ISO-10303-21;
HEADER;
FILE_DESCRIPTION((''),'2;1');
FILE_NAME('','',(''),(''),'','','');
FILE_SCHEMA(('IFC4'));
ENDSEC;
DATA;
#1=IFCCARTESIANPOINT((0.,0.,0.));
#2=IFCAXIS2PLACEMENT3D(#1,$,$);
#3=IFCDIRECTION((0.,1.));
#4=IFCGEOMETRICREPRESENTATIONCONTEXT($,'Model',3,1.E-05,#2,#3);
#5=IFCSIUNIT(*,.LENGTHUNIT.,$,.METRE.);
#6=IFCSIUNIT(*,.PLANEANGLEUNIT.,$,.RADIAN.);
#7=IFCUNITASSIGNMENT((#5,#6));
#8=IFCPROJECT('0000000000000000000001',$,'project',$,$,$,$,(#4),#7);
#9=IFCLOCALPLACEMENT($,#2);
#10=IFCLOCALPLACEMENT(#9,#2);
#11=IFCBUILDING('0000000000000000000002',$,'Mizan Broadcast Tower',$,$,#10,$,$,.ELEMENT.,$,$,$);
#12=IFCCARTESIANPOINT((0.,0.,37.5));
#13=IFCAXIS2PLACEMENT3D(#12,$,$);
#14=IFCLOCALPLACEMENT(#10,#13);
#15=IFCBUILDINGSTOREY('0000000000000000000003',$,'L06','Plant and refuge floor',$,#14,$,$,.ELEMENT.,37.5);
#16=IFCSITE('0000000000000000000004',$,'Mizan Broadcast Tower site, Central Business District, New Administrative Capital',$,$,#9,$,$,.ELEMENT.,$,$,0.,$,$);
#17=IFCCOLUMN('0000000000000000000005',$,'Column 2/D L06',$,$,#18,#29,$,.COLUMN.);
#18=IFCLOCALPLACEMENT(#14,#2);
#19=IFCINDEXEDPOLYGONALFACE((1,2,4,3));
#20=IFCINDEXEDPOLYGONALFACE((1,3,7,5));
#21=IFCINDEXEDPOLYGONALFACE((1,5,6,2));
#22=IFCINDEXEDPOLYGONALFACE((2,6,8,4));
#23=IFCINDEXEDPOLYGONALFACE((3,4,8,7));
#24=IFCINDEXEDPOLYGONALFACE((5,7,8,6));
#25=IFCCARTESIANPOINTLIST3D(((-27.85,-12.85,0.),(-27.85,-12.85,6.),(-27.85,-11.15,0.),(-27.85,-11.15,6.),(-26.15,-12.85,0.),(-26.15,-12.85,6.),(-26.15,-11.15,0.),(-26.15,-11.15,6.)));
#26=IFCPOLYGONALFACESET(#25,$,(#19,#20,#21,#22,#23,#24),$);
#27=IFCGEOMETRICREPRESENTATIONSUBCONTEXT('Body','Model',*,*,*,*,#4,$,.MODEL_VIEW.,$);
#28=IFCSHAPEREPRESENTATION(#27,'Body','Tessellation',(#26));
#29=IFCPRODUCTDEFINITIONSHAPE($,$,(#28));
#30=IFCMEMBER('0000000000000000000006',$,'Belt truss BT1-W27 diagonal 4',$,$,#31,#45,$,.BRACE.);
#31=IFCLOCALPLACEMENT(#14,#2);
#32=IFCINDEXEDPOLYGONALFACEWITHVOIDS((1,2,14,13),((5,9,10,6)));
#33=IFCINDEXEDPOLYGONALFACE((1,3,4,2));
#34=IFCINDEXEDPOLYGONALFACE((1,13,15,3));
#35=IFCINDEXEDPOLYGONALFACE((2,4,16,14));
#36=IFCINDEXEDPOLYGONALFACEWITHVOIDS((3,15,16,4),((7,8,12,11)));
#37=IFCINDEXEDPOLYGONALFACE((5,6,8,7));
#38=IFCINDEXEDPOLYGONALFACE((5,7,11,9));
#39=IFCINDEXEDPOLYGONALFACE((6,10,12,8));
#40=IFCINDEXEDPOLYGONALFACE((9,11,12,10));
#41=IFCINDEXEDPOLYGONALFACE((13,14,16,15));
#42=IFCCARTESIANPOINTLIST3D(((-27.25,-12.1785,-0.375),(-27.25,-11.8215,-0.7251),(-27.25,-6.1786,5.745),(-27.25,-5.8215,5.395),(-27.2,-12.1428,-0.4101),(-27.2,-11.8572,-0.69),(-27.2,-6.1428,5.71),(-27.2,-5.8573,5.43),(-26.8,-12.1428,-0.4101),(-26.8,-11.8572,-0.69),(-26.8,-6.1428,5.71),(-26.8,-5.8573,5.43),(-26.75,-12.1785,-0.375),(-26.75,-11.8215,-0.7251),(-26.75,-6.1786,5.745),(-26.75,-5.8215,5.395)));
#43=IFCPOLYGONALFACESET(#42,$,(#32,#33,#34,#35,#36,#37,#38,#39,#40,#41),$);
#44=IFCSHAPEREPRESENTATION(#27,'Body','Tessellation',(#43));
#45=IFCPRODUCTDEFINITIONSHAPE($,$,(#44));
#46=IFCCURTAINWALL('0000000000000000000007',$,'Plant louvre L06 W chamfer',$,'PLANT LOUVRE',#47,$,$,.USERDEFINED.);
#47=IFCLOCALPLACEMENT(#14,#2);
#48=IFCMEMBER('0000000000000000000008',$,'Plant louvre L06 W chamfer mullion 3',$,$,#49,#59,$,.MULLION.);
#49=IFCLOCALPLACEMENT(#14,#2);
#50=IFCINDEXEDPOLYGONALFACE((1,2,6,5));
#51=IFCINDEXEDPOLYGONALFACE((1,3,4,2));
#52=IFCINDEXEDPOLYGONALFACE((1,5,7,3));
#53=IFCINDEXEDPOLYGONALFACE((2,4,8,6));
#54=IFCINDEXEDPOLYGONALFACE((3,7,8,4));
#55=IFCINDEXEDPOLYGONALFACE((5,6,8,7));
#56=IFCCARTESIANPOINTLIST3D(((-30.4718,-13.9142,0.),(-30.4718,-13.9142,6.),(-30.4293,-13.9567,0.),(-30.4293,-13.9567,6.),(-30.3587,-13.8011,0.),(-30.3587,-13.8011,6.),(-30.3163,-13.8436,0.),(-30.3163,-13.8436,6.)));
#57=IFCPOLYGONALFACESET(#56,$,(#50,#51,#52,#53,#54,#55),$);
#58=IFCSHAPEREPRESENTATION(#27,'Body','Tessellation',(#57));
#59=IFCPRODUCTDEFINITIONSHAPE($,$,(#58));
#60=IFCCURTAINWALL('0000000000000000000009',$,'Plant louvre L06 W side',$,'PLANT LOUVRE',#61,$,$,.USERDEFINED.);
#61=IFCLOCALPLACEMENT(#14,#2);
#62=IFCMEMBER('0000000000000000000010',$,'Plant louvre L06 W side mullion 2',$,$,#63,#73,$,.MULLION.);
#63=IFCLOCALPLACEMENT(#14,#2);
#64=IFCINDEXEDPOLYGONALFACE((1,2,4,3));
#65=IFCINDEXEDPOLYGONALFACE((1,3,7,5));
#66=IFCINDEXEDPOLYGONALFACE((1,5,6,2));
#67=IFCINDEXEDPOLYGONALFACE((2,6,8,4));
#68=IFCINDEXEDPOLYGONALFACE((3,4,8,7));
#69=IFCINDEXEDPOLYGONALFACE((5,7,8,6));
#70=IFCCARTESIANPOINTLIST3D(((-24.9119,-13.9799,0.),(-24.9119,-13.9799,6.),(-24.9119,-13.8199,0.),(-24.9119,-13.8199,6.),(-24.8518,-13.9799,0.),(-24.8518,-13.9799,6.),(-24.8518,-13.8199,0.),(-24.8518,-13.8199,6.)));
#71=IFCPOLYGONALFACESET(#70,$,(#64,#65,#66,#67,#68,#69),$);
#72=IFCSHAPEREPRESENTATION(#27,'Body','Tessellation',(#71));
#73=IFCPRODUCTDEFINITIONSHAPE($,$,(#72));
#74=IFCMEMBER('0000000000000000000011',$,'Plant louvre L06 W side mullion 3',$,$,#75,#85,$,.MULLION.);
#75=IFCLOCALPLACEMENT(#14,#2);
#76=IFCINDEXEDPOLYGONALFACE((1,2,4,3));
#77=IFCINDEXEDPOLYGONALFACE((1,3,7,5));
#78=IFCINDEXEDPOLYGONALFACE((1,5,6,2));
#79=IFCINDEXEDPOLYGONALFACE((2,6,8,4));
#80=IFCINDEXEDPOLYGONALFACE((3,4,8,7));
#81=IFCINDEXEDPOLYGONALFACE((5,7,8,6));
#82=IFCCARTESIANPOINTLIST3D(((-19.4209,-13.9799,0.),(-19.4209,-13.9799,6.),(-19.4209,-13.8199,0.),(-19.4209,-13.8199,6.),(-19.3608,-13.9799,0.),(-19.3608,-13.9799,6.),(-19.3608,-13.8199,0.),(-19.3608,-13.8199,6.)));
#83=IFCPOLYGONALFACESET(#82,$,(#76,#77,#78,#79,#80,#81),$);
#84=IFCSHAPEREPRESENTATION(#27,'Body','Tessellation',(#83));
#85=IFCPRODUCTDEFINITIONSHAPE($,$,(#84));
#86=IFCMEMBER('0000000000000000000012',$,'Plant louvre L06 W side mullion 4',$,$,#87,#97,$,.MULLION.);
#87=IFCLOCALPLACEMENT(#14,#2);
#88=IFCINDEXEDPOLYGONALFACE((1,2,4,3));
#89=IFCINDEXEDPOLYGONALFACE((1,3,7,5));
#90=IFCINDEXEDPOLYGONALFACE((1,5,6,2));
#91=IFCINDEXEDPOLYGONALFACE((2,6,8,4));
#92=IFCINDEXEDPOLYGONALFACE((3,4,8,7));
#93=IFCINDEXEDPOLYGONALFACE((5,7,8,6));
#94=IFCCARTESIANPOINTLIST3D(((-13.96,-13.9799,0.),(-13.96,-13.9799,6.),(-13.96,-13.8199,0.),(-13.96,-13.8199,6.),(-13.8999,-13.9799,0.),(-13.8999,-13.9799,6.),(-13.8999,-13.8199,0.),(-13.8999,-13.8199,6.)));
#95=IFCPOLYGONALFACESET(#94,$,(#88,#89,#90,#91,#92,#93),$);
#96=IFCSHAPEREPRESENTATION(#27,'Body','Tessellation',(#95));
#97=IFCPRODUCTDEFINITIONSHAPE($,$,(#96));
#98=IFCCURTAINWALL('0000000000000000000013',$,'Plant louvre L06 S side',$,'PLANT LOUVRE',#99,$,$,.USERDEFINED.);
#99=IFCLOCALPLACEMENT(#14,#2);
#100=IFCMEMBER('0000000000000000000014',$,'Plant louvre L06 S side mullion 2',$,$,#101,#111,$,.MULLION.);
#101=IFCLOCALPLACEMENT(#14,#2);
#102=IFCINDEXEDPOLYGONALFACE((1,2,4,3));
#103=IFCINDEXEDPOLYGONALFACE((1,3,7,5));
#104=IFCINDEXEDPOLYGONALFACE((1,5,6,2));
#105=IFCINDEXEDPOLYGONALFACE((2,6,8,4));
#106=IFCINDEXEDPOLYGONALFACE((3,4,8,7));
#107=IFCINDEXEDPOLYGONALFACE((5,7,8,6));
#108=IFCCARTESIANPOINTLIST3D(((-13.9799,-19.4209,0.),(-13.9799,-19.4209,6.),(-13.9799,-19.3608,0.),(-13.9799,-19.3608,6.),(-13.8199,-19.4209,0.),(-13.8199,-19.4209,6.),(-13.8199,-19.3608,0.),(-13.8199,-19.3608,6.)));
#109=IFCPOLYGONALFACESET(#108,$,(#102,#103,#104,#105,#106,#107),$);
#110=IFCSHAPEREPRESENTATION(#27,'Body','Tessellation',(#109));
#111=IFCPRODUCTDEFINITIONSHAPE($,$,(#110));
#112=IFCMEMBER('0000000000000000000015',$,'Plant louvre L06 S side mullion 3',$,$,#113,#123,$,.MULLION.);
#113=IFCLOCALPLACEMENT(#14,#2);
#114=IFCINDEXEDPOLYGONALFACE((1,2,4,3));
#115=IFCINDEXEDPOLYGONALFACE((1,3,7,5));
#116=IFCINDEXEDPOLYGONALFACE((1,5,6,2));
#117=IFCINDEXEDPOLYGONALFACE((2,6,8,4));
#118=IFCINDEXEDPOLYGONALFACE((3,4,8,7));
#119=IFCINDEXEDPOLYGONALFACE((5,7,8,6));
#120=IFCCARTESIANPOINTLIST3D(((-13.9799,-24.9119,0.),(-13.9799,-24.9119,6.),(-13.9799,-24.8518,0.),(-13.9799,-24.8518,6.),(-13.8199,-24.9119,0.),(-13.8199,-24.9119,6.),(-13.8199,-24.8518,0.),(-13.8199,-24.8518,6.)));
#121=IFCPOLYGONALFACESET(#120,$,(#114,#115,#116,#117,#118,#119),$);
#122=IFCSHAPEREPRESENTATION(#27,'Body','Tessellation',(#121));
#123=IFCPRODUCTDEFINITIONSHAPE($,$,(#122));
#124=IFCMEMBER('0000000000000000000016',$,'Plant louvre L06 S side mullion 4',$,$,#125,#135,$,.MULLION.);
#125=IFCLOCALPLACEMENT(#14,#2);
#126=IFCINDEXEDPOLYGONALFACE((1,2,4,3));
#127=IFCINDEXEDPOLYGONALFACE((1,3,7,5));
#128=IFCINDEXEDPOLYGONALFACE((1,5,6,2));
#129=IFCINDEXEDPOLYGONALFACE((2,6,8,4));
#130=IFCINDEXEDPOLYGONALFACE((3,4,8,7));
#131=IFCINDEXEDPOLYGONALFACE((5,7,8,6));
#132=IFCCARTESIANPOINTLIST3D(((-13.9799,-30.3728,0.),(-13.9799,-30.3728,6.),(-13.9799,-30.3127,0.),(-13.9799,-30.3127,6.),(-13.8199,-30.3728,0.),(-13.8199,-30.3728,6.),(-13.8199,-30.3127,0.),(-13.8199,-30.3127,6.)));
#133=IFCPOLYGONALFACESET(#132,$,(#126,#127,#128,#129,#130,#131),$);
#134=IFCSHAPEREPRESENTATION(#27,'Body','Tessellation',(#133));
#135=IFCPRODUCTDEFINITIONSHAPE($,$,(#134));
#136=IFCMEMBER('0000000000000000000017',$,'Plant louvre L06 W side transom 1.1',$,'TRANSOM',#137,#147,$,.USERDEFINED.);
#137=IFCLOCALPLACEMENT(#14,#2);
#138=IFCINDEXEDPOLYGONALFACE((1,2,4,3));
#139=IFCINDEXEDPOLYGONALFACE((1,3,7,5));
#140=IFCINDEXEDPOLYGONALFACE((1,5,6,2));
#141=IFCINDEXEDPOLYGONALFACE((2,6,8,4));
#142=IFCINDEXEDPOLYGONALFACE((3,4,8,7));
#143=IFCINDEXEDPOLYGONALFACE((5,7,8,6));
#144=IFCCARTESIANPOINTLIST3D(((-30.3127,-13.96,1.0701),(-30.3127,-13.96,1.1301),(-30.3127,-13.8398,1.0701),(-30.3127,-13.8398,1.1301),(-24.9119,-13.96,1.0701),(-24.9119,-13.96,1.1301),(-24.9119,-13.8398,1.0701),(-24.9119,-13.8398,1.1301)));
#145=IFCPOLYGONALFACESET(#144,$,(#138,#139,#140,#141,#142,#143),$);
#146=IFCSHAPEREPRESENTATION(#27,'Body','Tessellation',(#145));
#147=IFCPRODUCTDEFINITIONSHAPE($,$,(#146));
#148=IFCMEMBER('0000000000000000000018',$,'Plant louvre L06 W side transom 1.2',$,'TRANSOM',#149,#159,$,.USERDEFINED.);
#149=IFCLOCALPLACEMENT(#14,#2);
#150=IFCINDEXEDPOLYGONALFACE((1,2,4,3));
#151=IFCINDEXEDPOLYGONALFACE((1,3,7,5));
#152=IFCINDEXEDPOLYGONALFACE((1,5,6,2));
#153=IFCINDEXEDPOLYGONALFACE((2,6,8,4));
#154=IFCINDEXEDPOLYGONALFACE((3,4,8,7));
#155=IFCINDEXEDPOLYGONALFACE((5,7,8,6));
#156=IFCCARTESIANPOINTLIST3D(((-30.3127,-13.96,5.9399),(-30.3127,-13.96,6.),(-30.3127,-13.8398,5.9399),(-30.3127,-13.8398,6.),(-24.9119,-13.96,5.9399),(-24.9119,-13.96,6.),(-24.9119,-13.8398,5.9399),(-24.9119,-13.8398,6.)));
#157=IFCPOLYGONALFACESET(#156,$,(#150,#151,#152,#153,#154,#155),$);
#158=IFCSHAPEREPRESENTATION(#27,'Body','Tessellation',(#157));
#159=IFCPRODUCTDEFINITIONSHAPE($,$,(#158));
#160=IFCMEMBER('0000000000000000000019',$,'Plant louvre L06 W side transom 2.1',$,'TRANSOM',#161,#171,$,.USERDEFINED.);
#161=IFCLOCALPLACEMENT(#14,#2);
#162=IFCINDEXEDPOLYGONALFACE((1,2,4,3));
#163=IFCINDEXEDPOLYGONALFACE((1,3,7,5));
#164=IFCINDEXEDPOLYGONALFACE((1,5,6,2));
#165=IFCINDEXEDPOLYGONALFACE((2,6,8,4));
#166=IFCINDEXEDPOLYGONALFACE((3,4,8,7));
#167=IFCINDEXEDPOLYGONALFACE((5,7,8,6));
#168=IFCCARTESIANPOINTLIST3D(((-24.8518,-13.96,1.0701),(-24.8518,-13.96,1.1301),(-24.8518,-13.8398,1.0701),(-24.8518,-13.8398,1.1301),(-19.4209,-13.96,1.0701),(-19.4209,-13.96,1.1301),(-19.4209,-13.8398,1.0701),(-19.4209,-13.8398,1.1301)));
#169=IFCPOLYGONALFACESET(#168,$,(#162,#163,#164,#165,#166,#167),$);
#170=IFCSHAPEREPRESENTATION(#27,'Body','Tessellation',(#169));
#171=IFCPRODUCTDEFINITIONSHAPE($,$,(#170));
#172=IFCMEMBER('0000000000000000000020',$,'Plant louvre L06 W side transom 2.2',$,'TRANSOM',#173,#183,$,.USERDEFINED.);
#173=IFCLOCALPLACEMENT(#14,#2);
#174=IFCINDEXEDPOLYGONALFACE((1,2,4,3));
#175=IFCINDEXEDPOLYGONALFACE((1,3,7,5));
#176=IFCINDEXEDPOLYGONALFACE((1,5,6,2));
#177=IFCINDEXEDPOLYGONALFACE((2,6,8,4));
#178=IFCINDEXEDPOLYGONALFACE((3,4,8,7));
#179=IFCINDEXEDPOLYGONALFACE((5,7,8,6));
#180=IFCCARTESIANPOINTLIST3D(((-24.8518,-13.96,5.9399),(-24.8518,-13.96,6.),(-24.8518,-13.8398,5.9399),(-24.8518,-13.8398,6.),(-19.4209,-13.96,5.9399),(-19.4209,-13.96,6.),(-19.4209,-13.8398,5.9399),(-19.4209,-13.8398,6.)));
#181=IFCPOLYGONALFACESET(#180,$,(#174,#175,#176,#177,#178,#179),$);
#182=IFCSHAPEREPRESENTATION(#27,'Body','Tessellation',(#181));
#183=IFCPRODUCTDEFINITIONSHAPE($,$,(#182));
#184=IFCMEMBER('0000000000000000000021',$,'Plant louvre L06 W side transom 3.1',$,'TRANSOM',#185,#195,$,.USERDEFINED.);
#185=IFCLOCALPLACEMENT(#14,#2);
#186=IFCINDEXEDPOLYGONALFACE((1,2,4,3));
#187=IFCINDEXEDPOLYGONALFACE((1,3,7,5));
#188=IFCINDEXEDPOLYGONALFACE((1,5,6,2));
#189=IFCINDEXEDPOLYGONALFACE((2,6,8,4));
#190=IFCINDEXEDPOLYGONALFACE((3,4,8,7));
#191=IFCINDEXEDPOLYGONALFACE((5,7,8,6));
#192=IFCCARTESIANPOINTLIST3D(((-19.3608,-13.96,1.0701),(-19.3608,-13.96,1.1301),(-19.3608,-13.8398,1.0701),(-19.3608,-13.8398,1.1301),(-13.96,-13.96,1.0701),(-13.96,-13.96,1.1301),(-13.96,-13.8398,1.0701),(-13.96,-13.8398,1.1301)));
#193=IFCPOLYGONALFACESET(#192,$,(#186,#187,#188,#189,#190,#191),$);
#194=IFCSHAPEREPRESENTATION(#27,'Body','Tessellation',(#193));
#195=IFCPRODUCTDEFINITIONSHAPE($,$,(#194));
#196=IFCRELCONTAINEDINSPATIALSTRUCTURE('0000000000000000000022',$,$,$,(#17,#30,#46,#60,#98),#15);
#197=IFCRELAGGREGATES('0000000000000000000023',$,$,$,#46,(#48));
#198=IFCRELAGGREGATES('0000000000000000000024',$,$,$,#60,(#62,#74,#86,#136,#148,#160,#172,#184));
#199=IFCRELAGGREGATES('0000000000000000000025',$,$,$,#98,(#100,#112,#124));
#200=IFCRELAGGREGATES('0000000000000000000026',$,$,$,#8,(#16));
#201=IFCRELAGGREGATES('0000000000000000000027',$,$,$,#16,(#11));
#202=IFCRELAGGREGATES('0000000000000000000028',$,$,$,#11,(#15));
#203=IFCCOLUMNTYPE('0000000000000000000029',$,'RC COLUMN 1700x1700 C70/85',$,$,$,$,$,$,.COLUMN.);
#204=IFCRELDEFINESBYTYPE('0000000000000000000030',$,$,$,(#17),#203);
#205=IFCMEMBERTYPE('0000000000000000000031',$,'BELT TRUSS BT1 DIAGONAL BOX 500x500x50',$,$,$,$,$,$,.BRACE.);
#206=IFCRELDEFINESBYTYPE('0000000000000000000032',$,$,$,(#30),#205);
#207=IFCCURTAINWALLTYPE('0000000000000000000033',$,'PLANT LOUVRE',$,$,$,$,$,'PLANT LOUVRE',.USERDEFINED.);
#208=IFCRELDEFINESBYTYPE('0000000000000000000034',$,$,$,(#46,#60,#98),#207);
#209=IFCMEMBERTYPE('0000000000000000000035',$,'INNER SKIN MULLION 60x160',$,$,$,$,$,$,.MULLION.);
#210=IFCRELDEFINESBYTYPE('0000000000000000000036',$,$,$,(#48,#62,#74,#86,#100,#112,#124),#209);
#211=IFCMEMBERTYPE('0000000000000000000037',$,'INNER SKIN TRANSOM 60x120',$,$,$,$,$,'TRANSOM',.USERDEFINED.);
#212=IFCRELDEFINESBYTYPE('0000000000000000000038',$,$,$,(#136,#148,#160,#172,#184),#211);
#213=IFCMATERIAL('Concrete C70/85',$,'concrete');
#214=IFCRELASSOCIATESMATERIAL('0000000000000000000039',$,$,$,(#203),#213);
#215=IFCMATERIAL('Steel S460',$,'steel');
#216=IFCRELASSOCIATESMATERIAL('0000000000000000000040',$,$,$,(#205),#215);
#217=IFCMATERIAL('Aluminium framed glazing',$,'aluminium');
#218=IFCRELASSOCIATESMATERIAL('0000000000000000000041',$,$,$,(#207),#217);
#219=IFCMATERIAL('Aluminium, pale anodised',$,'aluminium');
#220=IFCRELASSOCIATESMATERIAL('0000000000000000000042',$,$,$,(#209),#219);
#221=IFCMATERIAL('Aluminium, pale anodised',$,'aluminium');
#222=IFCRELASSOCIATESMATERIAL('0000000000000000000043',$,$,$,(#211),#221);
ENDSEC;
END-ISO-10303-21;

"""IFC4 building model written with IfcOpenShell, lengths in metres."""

from ifc_helpers import new_model, si_unit, direction, frame, origin, origin_2d, place, context, subcontext, project, spatial, rectangle, hollow_rectangle, extrude, material, material_profile, profile_set, type_object, element, aggregate, save


model = new_model("IFC4")

# Units and contexts
model_context = context("Model", 3, precision=1e-05, world=origin(), true_north=direction((0.0, 1.0)))
body_context = subcontext(model_context, "Body", "Model", "MODEL_VIEW")
ifc_project = project(units=[si_unit("LENGTHUNIT", "METRE"), si_unit("PLANEANGLEUNIT", "RADIAN")], contexts=[model_context])

# Site, building, storey
site_placement = place(None, origin())
site = spatial("IfcSite", under=ifc_project, at=site_placement, Name="Mizan Broadcast Tower site, Central Business District, New Administrative Capital", CompositionType="ELEMENT", RefElevation=0.0)
building_placement = place(site_placement, origin())
building = spatial("IfcBuilding", under=site, at=building_placement, Name="Mizan Broadcast Tower", CompositionType="ELEMENT")
storey_placement = place(building_placement, frame((0.0, 0.0, 37.5)))
storey = spatial("IfcBuildingStorey", under=building, at=storey_placement, Name="L06", Description="Plant and refuge floor", CompositionType="ELEMENT", Elevation=37.5)

# Column
ifc_material_1 = material(Name="Concrete C70/85", Category="concrete")
ifc_material_profile_1 = material_profile(ifc_material_1, rectangle(XDim=1.7, YDim=1.7, at=origin_2d()), Name="RC 1700x1700")
ifc_profile_set_1 = profile_set([ifc_material_profile_1], Name="Concrete C70/85")
column_type = type_object("IfcColumnType", Name="RC COLUMN 1700x1700 C70/85", PredefinedType="COLUMN", material=ifc_profile_set_1)
column_placement = place(storey_placement, frame((-27.0, -12.0, 0.0), z_axis=(0.0, 0.0, 1.0), x_axis=(1.0, 0.0, 0.0)))
element("IfcColumn", 1, at=column_placement, inside=storey, type_object=column_type, Name="Column 2/D L06", PredefinedType="COLUMN", context=body_context, shape_type="SweptSolid", body=[
    extrude(rectangle(XDim=1.7, YDim=1.7, at=origin_2d()), origin(), (0.0, 0.0, 1.0), 6.0),
])

# Member
ifc_material_2 = material(Name="Steel S460", Category="steel")
ifc_material_profile_2 = material_profile(ifc_material_2, hollow_rectangle(XDim=0.5, YDim=0.5, WallThickness=0.05, at=origin_2d()), Name="BOX 500x500x50")
ifc_profile_set_2 = profile_set([ifc_material_profile_2], Name="Steel S460")
member_type_1 = type_object("IfcMemberType", Name="BELT TRUSS BT1 DIAGONAL BOX 500x500x50", PredefinedType="BRACE", material=ifc_profile_set_2)
member_1_placement = place(storey_placement, frame((-27.0, -12.0, -0.55), z_axis=(0.0, 0.700065, 0.71408), x_axis=(-1.0, 0.0, 0.0)))
element("IfcMember", 2, at=member_1_placement, inside=storey, type_object=member_type_1, Name="Belt truss BT1-W27 diagonal 4", PredefinedType="BRACE", context=body_context, shape_type="SweptSolid", body=[
    extrude(hollow_rectangle(XDim=0.5, YDim=0.5, WallThickness=0.05, at=origin_2d()), origin(), (0.0, 0.0, 1.0), 8.5706),
])

# Curtain wall, member
ifc_material_3 = material(Name="Aluminium framed glazing", Category="aluminium")
curtain_wall_type = type_object("IfcCurtainWallType", Name="PLANT LOUVRE", ElementType="PLANT LOUVRE", PredefinedType="USERDEFINED", material=ifc_material_3)
curtain_wall_1_placement = place(storey_placement, origin())
curtain_wall_1 = element("IfcCurtainWall", 3, at=curtain_wall_1_placement, inside=storey, type_object=curtain_wall_type, Name="Plant louvre L06 W chamfer", ObjectType="PLANT LOUVRE", PredefinedType="USERDEFINED")
ifc_material_4 = material(Name="Aluminium, pale anodised", Category="aluminium")
ifc_material_profile_3 = material_profile(ifc_material_4, rectangle(XDim=0.1599, YDim=0.0601, at=origin_2d()), Name="MULLION 160x60")
ifc_profile_set_3 = profile_set([ifc_material_profile_3], Name="Aluminium, pale anodised")
member_type_2 = type_object("IfcMemberType", Name="INNER SKIN MULLION 60x160", PredefinedType="MULLION", material=ifc_profile_set_3)
member_2_placement = place(storey_placement, frame((-30.394, -13.8789, 0.0), z_axis=(0.0, 0.0, 1.0), x_axis=(0.707107, 0.707107, 0.0)))
member_2 = element("IfcMember", 4, at=member_2_placement, type_object=member_type_2, Name="Plant louvre L06 W chamfer mullion 3", PredefinedType="MULLION", context=body_context, shape_type="SweptSolid", body=[
    extrude(rectangle(XDim=0.1599, YDim=0.0601, at=origin_2d()), origin(), (0.0, 0.0, 1.0), 6.0),
])

# Curtain walls, members
curtain_wall_2_placement = place(storey_placement, origin())
curtain_wall_2 = element("IfcCurtainWall", 5, at=curtain_wall_2_placement, inside=storey, type_object=curtain_wall_type, Name="Plant louvre L06 W side", ObjectType="PLANT LOUVRE", PredefinedType="USERDEFINED")
member_3_placement = place(storey_placement, frame((-24.8818, -13.8999, 0.0), z_axis=(0.0, 0.0, 1.0), x_axis=(0.0, 1.0, 0.0)))
member_3 = element("IfcMember", 6, at=member_3_placement, type_object=member_type_2, Name="Plant louvre L06 W side mullion 2", PredefinedType="MULLION", context=body_context, shape_type="SweptSolid", body=[
    extrude(rectangle(XDim=0.1599, YDim=0.0601, at=origin_2d()), origin(), (0.0, 0.0, 1.0), 6.0),
])
member_4_placement = place(storey_placement, frame((-19.3909, -13.8999, 0.0), z_axis=(0.0, 0.0, 1.0), x_axis=(0.0, 1.0, 0.0)))
member_4 = element("IfcMember", 7, at=member_4_placement, type_object=member_type_2, Name="Plant louvre L06 W side mullion 3", PredefinedType="MULLION", context=body_context, shape_type="SweptSolid", body=[
    extrude(rectangle(XDim=0.1599, YDim=0.0601, at=origin_2d()), origin(), (0.0, 0.0, 1.0), 6.0),
])
member_5_placement = place(storey_placement, frame((-13.9299, -13.8999, 0.0), z_axis=(0.0, 0.0, 1.0), x_axis=(0.0, 1.0, 0.0)))
member_5 = element("IfcMember", 8, at=member_5_placement, type_object=member_type_2, Name="Plant louvre L06 W side mullion 4", PredefinedType="MULLION", context=body_context, shape_type="SweptSolid", body=[
    extrude(rectangle(XDim=0.1599, YDim=0.0601, at=origin_2d()), origin(), (0.0, 0.0, 1.0), 6.0),
])
curtain_wall_3_placement = place(storey_placement, origin())
curtain_wall_3 = element("IfcCurtainWall", 9, at=curtain_wall_3_placement, inside=storey, type_object=curtain_wall_type, Name="Plant louvre L06 S side", ObjectType="PLANT LOUVRE", PredefinedType="USERDEFINED")
member_6_placement = place(storey_placement, frame((-13.8999, -19.3909, 0.0), z_axis=(0.0, 0.0, 1.0), x_axis=(1.0, 0.0, 0.0)))
member_6 = element("IfcMember", 10, at=member_6_placement, type_object=member_type_2, Name="Plant louvre L06 S side mullion 2", PredefinedType="MULLION", context=body_context, shape_type="SweptSolid", body=[
    extrude(rectangle(XDim=0.1599, YDim=0.0601, at=origin_2d()), origin(), (0.0, 0.0, 1.0), 6.0),
])
member_7_placement = place(storey_placement, frame((-13.8999, -24.8818, 0.0), z_axis=(0.0, 0.0, 1.0), x_axis=(1.0, 0.0, 0.0)))
member_7 = element("IfcMember", 11, at=member_7_placement, type_object=member_type_2, Name="Plant louvre L06 S side mullion 3", PredefinedType="MULLION", context=body_context, shape_type="SweptSolid", body=[
    extrude(rectangle(XDim=0.1599, YDim=0.0601, at=origin_2d()), origin(), (0.0, 0.0, 1.0), 6.0),
])
member_8_placement = place(storey_placement, frame((-13.8999, -30.3428, 0.0), z_axis=(0.0, 0.0, 1.0), x_axis=(1.0, 0.0, 0.0)))
member_8 = element("IfcMember", 12, at=member_8_placement, type_object=member_type_2, Name="Plant louvre L06 S side mullion 4", PredefinedType="MULLION", context=body_context, shape_type="SweptSolid", body=[
    extrude(rectangle(XDim=0.1599, YDim=0.0601, at=origin_2d()), origin(), (0.0, 0.0, 1.0), 6.0),
])

# Members
ifc_material_5 = material(Name="Aluminium, pale anodised", Category="aluminium")
ifc_material_profile_4 = material_profile(ifc_material_5, rectangle(XDim=0.1201, YDim=0.0601, at=origin_2d()), Name="TRANSOM 120x60")
ifc_profile_set_4 = profile_set([ifc_material_profile_4], Name="Aluminium, pale anodised")
member_type_3 = type_object("IfcMemberType", Name="INNER SKIN TRANSOM 60x120", ElementType="TRANSOM", PredefinedType="USERDEFINED", material=ifc_profile_set_4)
member_9_placement = place(storey_placement, frame((-30.3127, -13.8999, 1.1001), z_axis=(1.0, 0.0, 0.0), x_axis=(0.0, 1.0, 0.0)))
member_9 = element("IfcMember", 13, at=member_9_placement, type_object=member_type_3, Name="Plant louvre L06 W side transom 1.1", ObjectType="TRANSOM", PredefinedType="USERDEFINED", context=body_context, shape_type="SweptSolid", body=[
    extrude(rectangle(XDim=0.1201, YDim=0.0601, at=origin_2d()), origin(), (0.0, 0.0, 1.0), 5.4009),
])
member_10_placement = place(storey_placement, frame((-30.3127, -13.8999, 5.97), z_axis=(1.0, 0.0, 0.0), x_axis=(0.0, 1.0, 0.0)))
member_10 = element("IfcMember", 14, at=member_10_placement, type_object=member_type_3, Name="Plant louvre L06 W side transom 1.2", ObjectType="TRANSOM", PredefinedType="USERDEFINED", context=body_context, shape_type="SweptSolid", body=[
    extrude(rectangle(XDim=0.1201, YDim=0.0601, at=origin_2d()), origin(), (0.0, 0.0, 1.0), 5.4009),
])
member_11_placement = place(storey_placement, frame((-24.8518, -13.8999, 1.1001), z_axis=(1.0, 0.0, 0.0), x_axis=(0.0, 1.0, 0.0)))
member_11 = element("IfcMember", 15, at=member_11_placement, type_object=member_type_3, Name="Plant louvre L06 W side transom 2.1", ObjectType="TRANSOM", PredefinedType="USERDEFINED", context=body_context, shape_type="SweptSolid", body=[
    extrude(rectangle(XDim=0.1201, YDim=0.0601, at=origin_2d()), origin(), (0.0, 0.0, 1.0), 5.4309),
])
member_12_placement = place(storey_placement, frame((-24.8518, -13.8999, 5.97), z_axis=(1.0, 0.0, 0.0), x_axis=(0.0, 1.0, 0.0)))
member_12 = element("IfcMember", 16, at=member_12_placement, type_object=member_type_3, Name="Plant louvre L06 W side transom 2.2", ObjectType="TRANSOM", PredefinedType="USERDEFINED", context=body_context, shape_type="SweptSolid", body=[
    extrude(rectangle(XDim=0.1201, YDim=0.0601, at=origin_2d()), origin(), (0.0, 0.0, 1.0), 5.4309),
])
member_13_placement = place(storey_placement, frame((-19.3608, -13.8999, 1.1001), z_axis=(1.0, 0.0, 0.0), x_axis=(0.0, 1.0, 0.0)))
member_13 = element("IfcMember", 17, at=member_13_placement, type_object=member_type_3, Name="Plant louvre L06 W side transom 3.1", ObjectType="TRANSOM", PredefinedType="USERDEFINED", context=body_context, shape_type="SweptSolid", body=[
    extrude(rectangle(XDim=0.1201, YDim=0.0601, at=origin_2d()), origin(), (0.0, 0.0, 1.0), 5.4009),
])

aggregate(curtain_wall_1, [member_2])
aggregate(curtain_wall_2, [member_3, member_4, member_5, member_9, member_10, member_11, member_12, member_13])
aggregate(curtain_wall_3, [member_6, member_7, member_8])

save(model, "model.ifc")
